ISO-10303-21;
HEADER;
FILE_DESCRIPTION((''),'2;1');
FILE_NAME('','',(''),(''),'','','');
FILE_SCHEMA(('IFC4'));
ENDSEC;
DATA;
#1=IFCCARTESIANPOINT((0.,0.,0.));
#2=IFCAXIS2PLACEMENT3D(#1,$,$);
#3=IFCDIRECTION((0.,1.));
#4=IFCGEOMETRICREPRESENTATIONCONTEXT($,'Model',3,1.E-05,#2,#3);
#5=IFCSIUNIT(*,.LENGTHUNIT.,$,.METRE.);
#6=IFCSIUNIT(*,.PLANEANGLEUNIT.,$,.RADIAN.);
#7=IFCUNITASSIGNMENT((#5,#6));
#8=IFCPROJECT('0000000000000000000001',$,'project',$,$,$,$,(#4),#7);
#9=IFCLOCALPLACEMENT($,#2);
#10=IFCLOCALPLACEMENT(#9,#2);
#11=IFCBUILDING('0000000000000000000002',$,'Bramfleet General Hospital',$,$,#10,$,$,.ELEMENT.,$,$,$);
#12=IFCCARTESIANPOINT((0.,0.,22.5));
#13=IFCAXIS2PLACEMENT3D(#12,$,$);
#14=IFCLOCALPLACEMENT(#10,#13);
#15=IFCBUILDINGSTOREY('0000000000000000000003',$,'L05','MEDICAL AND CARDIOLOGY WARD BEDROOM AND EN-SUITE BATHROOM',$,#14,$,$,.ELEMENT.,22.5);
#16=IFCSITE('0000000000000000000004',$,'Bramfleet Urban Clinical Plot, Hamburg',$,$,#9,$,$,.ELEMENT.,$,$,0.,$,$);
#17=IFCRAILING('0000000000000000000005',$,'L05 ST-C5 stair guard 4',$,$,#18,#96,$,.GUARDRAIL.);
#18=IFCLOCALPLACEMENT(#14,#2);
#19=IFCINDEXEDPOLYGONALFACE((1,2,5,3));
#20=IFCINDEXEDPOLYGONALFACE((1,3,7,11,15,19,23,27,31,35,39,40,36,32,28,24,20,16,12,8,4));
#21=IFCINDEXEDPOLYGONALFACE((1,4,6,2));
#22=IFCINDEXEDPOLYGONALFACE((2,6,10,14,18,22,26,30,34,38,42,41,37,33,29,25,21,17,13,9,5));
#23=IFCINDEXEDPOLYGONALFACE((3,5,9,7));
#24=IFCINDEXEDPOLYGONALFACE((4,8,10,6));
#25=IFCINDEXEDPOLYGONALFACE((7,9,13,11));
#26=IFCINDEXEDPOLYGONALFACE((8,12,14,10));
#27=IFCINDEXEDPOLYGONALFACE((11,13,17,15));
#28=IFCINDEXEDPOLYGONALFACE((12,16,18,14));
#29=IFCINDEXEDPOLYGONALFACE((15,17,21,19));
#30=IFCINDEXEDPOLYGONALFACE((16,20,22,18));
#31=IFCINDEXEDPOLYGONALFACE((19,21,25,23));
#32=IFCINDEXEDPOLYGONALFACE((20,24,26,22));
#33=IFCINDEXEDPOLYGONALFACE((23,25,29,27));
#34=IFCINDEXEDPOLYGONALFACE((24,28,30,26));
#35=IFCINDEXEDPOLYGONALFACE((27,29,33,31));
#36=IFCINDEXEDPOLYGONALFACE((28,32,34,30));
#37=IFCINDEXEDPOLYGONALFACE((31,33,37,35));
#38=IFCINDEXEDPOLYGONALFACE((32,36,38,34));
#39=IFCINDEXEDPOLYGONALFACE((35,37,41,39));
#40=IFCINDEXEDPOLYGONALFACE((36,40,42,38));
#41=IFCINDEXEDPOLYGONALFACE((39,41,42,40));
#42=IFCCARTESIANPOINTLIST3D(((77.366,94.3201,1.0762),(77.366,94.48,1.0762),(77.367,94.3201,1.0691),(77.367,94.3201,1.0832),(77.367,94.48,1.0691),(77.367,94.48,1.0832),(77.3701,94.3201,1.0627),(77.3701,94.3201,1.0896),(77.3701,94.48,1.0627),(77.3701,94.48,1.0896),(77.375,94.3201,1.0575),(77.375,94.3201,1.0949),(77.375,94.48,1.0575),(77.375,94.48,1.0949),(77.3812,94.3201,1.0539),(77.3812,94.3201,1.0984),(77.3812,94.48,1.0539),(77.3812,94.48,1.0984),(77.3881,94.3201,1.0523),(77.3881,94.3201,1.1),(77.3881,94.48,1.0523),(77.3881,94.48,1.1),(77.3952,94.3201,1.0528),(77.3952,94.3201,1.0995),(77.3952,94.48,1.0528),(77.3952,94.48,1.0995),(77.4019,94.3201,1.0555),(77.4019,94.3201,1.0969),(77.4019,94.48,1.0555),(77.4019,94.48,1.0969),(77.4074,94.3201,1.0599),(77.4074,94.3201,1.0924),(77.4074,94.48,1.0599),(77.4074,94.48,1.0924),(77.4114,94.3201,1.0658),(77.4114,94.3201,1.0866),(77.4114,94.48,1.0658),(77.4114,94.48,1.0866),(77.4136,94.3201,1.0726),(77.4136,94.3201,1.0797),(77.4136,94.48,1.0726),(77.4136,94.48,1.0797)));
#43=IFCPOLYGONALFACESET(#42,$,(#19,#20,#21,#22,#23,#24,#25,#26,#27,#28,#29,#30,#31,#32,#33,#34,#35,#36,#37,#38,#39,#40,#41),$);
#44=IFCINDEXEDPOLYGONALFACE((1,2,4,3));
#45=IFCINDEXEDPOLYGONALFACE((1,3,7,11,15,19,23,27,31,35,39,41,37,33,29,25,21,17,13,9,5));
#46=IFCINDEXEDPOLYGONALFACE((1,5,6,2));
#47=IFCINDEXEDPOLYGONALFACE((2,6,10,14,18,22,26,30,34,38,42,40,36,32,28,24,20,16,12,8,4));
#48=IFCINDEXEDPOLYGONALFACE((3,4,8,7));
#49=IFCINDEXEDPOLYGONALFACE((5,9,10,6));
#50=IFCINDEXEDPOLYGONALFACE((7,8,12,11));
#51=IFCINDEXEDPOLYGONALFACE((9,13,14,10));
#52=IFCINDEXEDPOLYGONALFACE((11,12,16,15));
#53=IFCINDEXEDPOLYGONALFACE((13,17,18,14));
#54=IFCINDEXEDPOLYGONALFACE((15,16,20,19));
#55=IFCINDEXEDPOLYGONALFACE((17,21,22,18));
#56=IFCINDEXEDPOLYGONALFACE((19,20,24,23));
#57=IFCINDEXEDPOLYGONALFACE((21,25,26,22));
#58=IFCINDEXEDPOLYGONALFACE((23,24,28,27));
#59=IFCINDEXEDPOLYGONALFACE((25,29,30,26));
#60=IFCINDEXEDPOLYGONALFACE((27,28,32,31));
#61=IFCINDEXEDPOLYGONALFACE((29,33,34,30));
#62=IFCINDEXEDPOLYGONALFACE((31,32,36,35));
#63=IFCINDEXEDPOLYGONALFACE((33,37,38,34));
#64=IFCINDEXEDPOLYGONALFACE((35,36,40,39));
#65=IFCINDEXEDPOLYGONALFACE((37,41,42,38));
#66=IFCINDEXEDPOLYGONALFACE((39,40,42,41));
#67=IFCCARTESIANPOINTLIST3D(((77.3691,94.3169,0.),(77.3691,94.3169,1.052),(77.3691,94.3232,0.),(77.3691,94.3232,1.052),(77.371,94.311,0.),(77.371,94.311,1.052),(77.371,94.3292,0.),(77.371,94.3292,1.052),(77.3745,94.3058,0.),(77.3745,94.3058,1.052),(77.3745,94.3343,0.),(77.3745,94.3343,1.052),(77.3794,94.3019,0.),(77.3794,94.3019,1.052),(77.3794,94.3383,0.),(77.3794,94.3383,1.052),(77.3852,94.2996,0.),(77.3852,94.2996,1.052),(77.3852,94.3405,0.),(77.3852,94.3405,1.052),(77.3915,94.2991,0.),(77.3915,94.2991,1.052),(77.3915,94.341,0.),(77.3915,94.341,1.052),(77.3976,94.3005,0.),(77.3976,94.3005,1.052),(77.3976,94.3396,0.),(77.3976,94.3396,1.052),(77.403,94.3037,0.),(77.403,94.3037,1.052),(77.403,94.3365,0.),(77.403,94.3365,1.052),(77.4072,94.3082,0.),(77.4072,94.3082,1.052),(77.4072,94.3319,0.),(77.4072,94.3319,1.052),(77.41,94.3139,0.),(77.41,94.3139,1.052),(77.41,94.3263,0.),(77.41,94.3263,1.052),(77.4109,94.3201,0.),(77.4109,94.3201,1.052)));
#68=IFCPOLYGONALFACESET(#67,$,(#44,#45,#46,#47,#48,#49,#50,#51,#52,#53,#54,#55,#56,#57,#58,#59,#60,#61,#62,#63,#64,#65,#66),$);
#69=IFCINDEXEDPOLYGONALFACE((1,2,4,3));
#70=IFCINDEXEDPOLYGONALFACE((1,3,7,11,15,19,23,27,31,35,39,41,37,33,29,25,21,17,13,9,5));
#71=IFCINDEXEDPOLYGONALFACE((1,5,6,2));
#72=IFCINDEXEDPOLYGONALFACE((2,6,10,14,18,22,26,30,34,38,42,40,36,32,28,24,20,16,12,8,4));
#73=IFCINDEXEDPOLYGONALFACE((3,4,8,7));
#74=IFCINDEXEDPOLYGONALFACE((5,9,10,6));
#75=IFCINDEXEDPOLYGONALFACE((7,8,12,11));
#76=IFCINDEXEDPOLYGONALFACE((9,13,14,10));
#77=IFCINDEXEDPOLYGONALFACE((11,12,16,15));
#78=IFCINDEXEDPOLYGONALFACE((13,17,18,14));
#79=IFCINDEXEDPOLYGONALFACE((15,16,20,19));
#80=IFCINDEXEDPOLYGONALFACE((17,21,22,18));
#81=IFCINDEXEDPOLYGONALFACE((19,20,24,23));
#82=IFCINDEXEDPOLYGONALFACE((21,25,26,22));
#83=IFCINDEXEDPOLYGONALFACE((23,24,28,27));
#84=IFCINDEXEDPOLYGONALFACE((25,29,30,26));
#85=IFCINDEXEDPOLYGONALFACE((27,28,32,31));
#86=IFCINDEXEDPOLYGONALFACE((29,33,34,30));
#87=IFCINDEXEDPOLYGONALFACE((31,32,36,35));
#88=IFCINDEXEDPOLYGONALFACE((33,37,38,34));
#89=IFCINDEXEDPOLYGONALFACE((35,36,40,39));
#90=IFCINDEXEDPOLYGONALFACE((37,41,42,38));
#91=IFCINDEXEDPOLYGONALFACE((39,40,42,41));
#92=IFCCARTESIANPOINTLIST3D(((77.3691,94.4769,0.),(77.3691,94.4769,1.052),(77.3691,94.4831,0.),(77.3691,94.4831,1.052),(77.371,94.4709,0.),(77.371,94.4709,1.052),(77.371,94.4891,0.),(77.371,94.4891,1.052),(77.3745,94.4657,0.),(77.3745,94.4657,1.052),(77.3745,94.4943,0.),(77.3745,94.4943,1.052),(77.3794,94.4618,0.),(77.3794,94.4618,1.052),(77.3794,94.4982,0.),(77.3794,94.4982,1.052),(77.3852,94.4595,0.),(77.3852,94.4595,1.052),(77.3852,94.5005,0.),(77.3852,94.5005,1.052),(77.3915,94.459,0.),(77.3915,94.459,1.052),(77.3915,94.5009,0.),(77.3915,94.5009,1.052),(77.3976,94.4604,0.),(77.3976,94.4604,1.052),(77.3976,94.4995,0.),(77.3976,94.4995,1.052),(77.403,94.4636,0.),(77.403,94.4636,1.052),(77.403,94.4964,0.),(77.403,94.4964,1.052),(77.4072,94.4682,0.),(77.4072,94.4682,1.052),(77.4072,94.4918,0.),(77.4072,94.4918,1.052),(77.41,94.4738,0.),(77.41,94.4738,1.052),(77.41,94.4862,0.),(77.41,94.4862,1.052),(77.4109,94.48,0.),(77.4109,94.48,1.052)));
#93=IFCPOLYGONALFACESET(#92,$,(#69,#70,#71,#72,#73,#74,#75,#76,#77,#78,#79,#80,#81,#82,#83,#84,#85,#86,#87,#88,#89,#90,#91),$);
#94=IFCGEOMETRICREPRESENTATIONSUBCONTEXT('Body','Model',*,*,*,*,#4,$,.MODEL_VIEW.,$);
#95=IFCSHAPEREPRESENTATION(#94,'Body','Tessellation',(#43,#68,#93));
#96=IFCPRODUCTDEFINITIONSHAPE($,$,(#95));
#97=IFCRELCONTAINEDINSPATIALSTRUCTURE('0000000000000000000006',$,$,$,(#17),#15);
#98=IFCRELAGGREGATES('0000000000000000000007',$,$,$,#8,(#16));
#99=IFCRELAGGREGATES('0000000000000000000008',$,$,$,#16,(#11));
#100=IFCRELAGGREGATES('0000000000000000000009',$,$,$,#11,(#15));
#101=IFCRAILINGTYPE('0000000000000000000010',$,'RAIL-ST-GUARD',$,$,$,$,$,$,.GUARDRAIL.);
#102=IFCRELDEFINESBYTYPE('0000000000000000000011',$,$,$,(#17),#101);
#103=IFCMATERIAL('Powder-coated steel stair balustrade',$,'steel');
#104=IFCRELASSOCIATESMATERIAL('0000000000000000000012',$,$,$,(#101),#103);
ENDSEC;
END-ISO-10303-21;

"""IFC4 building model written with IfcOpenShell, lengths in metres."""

from ifc_helpers import new_model, si_unit, direction, frame, origin, origin_2d, place, context, subcontext, project, spatial, circle, extrude, material, type_object, element, save


model = new_model("IFC4")

# Units and contexts
model_context = context("Model", 3, precision=1e-05, world=origin(), true_north=direction((0.0, 1.0)))
body_context = subcontext(model_context, "Body", "Model", "MODEL_VIEW")
ifc_project = project(units=[si_unit("LENGTHUNIT", "METRE"), si_unit("PLANEANGLEUNIT", "RADIAN")], contexts=[model_context])

# Site, building, storey
site_placement = place(None, origin())
site = spatial("IfcSite", under=ifc_project, at=site_placement, Name="Bramfleet Urban Clinical Plot, Hamburg", CompositionType="ELEMENT", RefElevation=0.0)
building_placement = place(site_placement, origin())
building = spatial("IfcBuilding", under=site, at=building_placement, Name="Bramfleet General Hospital", CompositionType="ELEMENT")
storey_placement = place(building_placement, frame((0.0, 0.0, 22.5)))
storey = spatial("IfcBuildingStorey", under=building, at=storey_placement, Name="L05", Description="MEDICAL AND CARDIOLOGY WARD BEDROOM AND EN-SUITE BATHROOM", CompositionType="ELEMENT", Elevation=22.5)

# Railing
ifc_material_1 = material(Name="Powder-coated steel stair balustrade", Category="steel")
railing_type_1 = type_object("IfcRailingType", Name="RAIL-ST-GUARD", PredefinedType="GUARDRAIL", material=ifc_material_1)
railing_1_placement = place(storey_placement, frame((77.3899, 94.3201, 0.0)))
element("IfcRailing", 1, at=railing_1_placement, inside=storey, type_object=railing_type_1, Name="L05 ST-C5 stair guard 4", PredefinedType="GUARDRAIL", context=body_context, shape_type="SweptSolid", body=[
    extrude(circle(Radius=0.0239, at=origin_2d()), frame((0.0, 0.0, 1.0762), z_axis=(0.0, 1.0, 0.0), x_axis=(-1.0, 0.0, 0.0)), (0.0, 0.0, 1.0), 0.1599),
    extrude(circle(Radius=0.021, at=origin_2d()), origin(), (0.0, 0.0, 1.0), 1.052),
    extrude(circle(Radius=0.021, at=origin_2d()), frame((0.0, 0.1599, 0.0)), (0.0, 0.0, 1.0), 1.052),
])

save(model, "model.ifc")
